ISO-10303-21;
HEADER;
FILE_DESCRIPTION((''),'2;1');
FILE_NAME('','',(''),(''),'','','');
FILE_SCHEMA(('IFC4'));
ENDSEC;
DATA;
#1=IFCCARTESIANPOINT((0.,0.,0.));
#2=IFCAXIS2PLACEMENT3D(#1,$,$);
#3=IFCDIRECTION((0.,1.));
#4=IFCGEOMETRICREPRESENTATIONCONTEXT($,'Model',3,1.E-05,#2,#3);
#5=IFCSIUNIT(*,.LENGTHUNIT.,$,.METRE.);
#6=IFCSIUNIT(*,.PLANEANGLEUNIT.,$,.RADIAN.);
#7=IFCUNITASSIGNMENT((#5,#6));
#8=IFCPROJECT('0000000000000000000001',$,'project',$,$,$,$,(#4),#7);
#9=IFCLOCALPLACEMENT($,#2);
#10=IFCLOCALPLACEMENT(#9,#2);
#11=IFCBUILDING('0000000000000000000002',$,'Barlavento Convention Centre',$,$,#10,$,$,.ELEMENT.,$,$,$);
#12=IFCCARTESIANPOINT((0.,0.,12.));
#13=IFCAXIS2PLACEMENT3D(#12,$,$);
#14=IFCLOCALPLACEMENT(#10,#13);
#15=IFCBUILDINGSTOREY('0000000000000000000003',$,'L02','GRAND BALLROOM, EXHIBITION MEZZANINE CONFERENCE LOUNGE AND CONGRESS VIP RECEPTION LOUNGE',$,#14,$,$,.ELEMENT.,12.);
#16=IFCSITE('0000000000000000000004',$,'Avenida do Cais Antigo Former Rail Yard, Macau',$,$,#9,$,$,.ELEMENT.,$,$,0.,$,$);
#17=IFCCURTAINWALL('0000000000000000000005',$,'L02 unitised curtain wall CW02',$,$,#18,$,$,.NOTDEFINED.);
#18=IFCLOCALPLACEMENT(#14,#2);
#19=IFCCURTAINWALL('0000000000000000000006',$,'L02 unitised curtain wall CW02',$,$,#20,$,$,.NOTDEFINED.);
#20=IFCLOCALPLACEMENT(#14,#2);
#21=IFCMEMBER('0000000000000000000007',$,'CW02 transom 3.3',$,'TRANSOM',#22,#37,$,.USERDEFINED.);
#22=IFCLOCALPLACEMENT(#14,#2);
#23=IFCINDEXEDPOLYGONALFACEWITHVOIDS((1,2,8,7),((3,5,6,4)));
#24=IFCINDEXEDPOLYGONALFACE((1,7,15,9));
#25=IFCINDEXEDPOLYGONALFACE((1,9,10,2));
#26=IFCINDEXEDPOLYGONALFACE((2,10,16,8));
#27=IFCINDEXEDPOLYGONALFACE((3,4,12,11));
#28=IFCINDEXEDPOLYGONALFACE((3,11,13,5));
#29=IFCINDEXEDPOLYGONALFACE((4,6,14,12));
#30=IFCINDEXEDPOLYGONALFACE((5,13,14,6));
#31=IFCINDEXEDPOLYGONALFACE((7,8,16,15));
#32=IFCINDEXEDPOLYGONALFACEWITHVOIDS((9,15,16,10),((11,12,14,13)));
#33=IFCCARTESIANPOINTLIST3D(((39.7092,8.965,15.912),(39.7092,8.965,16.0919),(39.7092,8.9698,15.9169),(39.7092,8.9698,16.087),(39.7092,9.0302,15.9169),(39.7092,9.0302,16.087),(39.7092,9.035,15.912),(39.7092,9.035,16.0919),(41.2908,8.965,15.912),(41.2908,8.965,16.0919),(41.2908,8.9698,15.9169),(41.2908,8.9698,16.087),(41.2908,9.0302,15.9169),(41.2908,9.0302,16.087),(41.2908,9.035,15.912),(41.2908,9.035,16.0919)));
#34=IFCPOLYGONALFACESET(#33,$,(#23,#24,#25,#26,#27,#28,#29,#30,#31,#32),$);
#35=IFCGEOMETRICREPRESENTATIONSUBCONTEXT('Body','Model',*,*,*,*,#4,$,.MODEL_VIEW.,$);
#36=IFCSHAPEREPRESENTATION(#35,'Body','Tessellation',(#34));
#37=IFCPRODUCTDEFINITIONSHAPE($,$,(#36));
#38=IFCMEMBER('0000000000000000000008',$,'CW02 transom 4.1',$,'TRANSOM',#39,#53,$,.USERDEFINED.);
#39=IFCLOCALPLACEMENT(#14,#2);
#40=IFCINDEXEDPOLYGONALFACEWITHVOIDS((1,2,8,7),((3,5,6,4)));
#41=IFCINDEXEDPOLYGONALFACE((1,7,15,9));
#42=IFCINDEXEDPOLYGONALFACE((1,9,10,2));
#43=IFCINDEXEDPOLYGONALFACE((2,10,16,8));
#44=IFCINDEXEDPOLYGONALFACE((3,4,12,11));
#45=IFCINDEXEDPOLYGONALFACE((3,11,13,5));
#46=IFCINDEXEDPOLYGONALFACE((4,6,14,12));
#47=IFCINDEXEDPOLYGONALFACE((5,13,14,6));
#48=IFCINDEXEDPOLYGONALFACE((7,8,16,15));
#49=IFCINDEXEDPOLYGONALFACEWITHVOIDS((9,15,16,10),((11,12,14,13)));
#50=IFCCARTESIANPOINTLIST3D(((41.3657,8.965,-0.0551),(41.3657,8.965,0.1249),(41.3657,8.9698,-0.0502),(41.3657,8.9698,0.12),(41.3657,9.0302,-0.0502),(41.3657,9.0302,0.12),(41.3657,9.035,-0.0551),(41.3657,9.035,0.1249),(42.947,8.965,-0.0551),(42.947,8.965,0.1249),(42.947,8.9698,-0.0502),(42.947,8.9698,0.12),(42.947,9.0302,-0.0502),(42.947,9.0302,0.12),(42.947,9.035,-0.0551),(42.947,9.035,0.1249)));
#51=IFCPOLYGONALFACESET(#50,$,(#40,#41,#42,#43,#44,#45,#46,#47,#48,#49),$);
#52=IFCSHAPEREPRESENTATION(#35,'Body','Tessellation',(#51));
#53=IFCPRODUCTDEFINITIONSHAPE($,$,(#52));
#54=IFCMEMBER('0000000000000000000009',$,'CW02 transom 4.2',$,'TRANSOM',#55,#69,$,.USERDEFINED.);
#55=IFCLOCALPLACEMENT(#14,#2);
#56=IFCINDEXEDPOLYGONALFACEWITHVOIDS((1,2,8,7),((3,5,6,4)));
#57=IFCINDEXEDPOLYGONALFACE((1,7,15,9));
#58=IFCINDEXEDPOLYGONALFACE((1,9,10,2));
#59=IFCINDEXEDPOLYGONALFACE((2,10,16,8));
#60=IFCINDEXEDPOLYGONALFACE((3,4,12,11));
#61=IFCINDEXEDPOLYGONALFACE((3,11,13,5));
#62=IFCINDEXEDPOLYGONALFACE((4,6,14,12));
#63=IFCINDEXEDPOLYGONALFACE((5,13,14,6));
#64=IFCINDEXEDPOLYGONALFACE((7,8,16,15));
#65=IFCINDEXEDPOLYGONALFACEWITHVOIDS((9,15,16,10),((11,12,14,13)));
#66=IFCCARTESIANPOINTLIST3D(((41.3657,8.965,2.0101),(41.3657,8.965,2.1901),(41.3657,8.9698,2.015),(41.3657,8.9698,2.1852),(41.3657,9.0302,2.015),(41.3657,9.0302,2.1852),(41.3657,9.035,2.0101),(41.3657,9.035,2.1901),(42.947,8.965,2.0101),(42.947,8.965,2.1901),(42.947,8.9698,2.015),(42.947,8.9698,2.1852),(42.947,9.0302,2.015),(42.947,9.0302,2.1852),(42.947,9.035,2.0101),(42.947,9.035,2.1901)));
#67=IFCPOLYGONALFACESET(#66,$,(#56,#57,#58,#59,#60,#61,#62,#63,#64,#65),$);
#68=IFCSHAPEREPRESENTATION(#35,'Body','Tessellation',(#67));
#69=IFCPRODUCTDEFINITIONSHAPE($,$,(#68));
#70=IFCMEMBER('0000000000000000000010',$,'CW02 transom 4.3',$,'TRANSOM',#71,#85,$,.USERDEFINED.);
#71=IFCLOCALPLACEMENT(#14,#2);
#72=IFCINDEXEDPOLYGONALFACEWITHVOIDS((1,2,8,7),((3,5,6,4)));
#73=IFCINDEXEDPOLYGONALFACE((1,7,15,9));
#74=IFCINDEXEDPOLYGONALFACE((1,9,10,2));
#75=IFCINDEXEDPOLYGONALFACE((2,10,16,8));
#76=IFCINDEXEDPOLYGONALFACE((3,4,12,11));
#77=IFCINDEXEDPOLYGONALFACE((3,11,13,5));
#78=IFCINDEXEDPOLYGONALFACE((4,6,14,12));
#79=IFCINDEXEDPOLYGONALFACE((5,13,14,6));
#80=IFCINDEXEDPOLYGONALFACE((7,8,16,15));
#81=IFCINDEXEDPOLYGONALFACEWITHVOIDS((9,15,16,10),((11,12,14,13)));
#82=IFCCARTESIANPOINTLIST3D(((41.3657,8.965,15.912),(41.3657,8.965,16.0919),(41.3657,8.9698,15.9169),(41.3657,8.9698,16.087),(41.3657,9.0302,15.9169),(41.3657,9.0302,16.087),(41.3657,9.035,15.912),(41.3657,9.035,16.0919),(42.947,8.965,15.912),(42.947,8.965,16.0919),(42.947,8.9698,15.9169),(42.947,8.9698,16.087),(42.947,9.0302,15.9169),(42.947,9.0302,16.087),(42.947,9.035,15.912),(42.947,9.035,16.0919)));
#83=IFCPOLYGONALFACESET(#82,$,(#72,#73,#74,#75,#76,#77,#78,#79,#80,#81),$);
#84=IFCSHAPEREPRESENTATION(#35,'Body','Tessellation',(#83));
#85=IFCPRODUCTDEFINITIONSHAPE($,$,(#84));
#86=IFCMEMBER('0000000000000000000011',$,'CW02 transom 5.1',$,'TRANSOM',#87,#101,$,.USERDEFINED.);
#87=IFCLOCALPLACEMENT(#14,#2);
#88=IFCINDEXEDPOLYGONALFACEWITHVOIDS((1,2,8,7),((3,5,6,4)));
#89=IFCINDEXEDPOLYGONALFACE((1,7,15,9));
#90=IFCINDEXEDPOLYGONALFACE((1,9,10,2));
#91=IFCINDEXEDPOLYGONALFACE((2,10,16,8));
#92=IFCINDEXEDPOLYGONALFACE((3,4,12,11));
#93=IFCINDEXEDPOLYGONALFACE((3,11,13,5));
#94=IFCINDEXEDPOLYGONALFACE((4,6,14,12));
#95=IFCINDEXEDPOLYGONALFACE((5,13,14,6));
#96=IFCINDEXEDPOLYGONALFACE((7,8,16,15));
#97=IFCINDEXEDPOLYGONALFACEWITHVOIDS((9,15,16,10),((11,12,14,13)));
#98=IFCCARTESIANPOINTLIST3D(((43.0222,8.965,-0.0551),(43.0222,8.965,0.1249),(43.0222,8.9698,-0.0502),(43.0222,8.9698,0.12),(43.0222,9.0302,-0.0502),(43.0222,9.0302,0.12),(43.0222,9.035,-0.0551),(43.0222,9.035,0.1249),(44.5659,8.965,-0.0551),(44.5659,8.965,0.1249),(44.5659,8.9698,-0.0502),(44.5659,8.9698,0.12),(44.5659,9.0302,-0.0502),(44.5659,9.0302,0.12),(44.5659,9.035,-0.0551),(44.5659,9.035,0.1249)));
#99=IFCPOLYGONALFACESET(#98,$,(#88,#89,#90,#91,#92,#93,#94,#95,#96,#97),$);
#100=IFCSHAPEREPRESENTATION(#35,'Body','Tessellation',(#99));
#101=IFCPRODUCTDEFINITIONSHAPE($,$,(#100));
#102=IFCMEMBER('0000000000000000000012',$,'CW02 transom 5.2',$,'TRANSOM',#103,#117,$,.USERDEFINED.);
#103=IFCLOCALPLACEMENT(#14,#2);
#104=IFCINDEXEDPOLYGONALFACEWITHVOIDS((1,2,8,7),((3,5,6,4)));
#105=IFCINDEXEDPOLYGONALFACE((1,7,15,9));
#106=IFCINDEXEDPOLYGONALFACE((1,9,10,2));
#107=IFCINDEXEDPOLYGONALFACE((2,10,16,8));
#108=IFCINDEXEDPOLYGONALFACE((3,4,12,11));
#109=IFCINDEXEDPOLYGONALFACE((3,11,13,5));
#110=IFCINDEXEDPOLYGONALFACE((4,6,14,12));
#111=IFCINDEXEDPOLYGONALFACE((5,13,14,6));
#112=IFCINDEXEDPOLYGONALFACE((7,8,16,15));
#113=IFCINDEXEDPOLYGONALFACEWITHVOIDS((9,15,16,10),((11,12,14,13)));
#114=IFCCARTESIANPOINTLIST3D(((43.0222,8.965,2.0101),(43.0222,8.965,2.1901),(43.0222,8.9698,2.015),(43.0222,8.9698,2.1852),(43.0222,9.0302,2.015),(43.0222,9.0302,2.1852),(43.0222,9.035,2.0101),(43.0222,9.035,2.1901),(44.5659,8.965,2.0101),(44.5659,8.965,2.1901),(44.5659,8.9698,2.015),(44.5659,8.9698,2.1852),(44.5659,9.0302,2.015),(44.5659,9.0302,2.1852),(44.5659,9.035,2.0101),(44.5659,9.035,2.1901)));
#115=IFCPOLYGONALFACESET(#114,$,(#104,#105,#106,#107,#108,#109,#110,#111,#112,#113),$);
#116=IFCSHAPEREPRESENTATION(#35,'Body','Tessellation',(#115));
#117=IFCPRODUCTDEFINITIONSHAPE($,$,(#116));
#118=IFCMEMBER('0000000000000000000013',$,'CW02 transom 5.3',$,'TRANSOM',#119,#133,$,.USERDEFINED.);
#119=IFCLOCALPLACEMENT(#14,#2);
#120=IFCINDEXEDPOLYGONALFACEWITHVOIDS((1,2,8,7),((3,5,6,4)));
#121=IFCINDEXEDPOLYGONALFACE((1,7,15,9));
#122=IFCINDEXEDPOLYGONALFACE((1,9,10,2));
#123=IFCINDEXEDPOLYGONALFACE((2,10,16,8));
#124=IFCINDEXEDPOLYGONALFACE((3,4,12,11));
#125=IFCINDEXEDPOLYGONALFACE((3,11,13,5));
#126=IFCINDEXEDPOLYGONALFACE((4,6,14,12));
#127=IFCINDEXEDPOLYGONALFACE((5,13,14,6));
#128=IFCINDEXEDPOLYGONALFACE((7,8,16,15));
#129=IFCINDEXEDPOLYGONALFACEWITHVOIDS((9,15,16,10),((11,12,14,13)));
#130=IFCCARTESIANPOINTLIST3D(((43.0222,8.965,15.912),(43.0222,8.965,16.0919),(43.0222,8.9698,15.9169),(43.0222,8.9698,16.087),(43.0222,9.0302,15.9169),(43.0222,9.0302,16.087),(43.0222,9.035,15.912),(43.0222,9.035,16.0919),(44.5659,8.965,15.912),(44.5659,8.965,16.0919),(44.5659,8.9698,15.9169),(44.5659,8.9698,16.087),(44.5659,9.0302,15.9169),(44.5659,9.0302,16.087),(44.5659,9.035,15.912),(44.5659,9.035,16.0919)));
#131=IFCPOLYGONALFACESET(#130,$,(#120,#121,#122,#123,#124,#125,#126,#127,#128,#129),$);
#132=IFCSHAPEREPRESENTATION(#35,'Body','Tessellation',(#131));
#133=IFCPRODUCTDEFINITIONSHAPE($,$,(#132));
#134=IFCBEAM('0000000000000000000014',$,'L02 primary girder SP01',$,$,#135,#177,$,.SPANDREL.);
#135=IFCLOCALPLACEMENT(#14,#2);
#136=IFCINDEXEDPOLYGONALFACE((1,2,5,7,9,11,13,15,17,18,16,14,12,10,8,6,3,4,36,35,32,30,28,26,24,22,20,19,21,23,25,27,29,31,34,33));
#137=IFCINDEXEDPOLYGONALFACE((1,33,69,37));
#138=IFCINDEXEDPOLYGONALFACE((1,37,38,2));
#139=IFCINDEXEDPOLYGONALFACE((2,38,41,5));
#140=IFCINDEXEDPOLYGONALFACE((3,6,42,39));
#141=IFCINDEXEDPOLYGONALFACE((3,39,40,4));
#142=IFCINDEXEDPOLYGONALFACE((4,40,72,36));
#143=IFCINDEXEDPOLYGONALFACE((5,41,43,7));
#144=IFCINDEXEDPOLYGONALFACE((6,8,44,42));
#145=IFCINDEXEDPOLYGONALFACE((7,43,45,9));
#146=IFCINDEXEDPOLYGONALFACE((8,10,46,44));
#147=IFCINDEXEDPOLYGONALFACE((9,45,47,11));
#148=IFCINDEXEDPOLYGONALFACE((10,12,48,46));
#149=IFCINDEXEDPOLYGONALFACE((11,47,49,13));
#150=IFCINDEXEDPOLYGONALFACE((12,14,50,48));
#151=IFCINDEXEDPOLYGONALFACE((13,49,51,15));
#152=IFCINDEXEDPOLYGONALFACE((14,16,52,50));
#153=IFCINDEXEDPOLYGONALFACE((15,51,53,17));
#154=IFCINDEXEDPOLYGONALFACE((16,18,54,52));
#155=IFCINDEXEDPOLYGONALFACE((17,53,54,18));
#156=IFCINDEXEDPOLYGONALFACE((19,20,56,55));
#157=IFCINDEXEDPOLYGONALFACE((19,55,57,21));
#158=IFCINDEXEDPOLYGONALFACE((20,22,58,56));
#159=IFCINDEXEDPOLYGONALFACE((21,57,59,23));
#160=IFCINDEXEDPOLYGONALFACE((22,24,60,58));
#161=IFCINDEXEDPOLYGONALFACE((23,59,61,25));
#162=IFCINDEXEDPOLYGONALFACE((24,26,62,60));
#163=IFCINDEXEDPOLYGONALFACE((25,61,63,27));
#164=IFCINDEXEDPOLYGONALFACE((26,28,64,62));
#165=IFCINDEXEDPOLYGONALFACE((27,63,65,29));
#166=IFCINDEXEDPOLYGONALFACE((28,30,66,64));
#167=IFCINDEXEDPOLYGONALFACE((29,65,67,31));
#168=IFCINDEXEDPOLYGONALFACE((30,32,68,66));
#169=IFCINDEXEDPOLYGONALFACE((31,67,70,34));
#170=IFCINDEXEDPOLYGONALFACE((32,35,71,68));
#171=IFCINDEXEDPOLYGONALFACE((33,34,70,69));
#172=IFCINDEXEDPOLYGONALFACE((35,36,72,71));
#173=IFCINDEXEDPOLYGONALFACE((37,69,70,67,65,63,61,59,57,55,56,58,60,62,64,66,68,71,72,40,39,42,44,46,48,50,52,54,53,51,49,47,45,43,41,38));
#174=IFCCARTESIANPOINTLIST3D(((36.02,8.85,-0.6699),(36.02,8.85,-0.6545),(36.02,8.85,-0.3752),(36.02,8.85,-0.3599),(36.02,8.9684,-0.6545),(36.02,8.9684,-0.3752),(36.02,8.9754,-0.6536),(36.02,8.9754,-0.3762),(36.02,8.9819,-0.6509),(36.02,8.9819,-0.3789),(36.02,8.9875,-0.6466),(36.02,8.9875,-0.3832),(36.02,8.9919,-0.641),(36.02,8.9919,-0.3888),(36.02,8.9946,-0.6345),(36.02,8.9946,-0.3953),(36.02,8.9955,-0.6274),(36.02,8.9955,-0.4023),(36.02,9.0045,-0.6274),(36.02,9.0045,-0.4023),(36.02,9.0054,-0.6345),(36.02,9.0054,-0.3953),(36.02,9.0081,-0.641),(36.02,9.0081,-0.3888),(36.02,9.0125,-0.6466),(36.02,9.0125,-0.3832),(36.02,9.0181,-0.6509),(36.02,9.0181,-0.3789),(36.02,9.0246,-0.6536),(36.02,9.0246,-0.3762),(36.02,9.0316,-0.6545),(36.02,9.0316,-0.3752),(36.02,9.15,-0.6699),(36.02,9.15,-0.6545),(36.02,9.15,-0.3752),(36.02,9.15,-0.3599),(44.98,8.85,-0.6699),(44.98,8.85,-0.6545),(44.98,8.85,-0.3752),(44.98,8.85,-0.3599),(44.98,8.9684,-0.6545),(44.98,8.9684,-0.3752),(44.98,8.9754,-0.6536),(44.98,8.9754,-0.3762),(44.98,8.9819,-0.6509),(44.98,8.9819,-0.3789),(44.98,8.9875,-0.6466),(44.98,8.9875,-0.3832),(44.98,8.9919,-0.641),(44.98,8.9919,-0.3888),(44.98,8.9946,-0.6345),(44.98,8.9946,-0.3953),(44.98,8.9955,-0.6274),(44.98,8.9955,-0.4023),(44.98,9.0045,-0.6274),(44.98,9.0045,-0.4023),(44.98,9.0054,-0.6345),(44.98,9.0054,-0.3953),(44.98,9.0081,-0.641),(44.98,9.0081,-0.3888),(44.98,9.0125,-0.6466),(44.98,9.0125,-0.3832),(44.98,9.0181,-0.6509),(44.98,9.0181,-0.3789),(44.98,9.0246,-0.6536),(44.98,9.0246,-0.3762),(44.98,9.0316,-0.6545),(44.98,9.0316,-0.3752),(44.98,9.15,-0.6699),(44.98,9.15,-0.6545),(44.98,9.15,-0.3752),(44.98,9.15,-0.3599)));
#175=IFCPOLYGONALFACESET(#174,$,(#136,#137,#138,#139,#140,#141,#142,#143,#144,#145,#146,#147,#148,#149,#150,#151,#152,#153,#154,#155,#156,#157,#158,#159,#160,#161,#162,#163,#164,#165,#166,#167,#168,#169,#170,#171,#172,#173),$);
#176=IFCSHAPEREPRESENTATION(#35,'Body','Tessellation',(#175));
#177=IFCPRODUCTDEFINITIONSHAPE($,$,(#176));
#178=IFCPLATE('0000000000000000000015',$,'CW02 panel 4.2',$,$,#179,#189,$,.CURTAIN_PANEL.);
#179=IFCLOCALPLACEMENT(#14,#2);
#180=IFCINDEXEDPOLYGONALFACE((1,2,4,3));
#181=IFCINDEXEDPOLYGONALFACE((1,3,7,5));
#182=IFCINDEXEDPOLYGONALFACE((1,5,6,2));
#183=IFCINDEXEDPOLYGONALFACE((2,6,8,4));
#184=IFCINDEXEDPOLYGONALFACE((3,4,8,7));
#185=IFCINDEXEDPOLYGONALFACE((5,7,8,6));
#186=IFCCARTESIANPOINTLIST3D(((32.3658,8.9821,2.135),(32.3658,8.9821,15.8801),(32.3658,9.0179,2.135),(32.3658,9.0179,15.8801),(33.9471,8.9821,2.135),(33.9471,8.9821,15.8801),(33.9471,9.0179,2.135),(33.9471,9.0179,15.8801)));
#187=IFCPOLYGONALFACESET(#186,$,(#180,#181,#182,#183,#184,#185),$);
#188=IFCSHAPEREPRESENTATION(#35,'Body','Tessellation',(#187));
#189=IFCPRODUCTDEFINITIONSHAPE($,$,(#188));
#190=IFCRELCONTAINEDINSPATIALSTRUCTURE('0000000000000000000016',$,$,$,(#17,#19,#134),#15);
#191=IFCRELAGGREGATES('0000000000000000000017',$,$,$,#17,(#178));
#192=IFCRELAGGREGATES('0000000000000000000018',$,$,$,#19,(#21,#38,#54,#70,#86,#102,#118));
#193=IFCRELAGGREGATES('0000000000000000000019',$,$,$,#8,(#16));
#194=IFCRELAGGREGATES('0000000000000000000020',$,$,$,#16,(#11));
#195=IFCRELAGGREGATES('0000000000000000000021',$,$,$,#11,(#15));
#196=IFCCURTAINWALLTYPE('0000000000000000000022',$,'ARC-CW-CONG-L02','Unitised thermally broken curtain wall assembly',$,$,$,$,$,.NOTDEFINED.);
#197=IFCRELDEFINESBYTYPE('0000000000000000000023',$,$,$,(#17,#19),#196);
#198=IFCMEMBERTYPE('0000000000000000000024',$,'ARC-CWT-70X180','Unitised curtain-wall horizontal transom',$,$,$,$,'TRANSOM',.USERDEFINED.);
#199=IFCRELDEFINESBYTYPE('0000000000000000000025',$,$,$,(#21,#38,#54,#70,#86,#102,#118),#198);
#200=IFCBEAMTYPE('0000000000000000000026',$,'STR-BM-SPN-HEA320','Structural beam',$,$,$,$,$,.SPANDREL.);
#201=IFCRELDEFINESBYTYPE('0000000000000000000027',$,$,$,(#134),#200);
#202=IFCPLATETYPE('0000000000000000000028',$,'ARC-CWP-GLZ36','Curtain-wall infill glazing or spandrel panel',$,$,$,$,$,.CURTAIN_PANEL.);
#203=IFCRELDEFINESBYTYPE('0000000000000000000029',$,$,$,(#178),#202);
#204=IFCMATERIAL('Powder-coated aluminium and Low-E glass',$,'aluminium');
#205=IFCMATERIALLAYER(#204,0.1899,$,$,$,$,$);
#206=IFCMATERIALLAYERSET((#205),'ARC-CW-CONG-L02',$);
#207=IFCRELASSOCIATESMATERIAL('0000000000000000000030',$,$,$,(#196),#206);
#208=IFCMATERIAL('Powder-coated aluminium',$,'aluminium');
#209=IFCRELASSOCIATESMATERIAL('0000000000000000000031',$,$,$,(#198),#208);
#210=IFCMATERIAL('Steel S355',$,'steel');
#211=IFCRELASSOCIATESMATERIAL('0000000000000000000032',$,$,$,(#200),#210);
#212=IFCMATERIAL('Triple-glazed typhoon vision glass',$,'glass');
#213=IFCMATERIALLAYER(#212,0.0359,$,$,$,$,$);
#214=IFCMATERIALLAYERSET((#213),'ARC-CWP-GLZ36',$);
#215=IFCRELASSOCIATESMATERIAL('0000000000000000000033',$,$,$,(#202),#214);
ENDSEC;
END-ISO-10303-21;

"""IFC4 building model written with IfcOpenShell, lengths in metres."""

from ifc_helpers import new_model, si_unit, direction, frame, origin, origin_2d, place, context, subcontext, project, spatial, rectangle, hollow_rectangle, i_section, extrude, material, layer, layer_set, material_profile, profile_set, type_object, element, aggregate, save


model = new_model("IFC4")

# Units and contexts
model_context = context("Model", 3, precision=1e-05, world=origin(), true_north=direction((0.0, 1.0)))
body_context = subcontext(model_context, "Body", "Model", "MODEL_VIEW")
ifc_project = project(units=[si_unit("LENGTHUNIT", "METRE"), si_unit("PLANEANGLEUNIT", "RADIAN")], contexts=[model_context])

# Site, building, storey
site_placement = place(None, origin())
site = spatial("IfcSite", under=ifc_project, at=site_placement, Name="Avenida do Cais Antigo Former Rail Yard, Macau", CompositionType="ELEMENT", RefElevation=0.0)
building_placement = place(site_placement, origin())
building = spatial("IfcBuilding", under=site, at=building_placement, Name="Barlavento Convention Centre", CompositionType="ELEMENT")
storey_placement = place(building_placement, frame((0.0, 0.0, 12.0)))
storey = spatial("IfcBuildingStorey", under=building, at=storey_placement, Name="L02", Description="GRAND BALLROOM, EXHIBITION MEZZANINE CONFERENCE LOUNGE AND CONGRESS VIP RECEPTION LOUNGE", CompositionType="ELEMENT", Elevation=12.0)

# Curtain walls
ifc_material_1 = material(Name="Powder-coated aluminium and Low-E glass", Category="aluminium")
ifc_layer_1 = layer(ifc_material_1, 0.1899)
ifc_layer_set_1 = layer_set([ifc_layer_1], Name="ARC-CW-CONG-L02")
curtain_wall_type = type_object("IfcCurtainWallType", Name="ARC-CW-CONG-L02", Description="Unitised thermally broken curtain wall assembly", PredefinedType="NOTDEFINED", material=ifc_layer_set_1)
curtain_wall_1_placement = place(storey_placement, origin())
curtain_wall_1 = element("IfcCurtainWall", 1, at=curtain_wall_1_placement, inside=storey, type_object=curtain_wall_type, Name="L02 unitised curtain wall CW02", PredefinedType="NOTDEFINED")
ifc_material_2 = material(Name="Powder-coated aluminium", Category="aluminium")
curtain_wall_2_placement = place(storey_placement, origin())
curtain_wall_2 = element("IfcCurtainWall", 2, at=curtain_wall_2_placement, inside=storey, type_object=curtain_wall_type, Name="L02 unitised curtain wall CW02", PredefinedType="NOTDEFINED")

# Members
ifc_material_profile_1 = material_profile(ifc_material_2, hollow_rectangle(XDim=0.0701, YDim=0.1799, WallThickness=0.0049, at=origin_2d()), Name="AL-TRAN 70x180x5")
ifc_profile_set_1 = profile_set([ifc_material_profile_1], Name="Powder-coated aluminium")
member_type_1 = type_object("IfcMemberType", Name="ARC-CWT-70X180", Description="Unitised curtain-wall horizontal transom", ElementType="TRANSOM", PredefinedType="USERDEFINED", material=ifc_profile_set_1)
member_1_placement = place(storey_placement, frame((39.7092, 9.0, 16.002), z_axis=(1.0, 0.0, 0.0), x_axis=(0.0, 1.0, 0.0)))
member_1 = element("IfcMember", 3, at=member_1_placement, type_object=member_type_1, Name="CW02 transom 3.3", ObjectType="TRANSOM", PredefinedType="USERDEFINED", context=body_context, shape_type="SweptSolid", body=[
    extrude(hollow_rectangle(XDim=0.0701, YDim=0.1799, WallThickness=0.0049, at=origin_2d()), origin(), (0.0, 0.0, 1.0), 1.5815),
])
member_2_placement = place(storey_placement, frame((41.3657, 9.0, 0.0349), z_axis=(1.0, 0.0, 0.0), x_axis=(0.0, 1.0, 0.0)))
member_2 = element("IfcMember", 4, at=member_2_placement, type_object=member_type_1, Name="CW02 transom 4.1", ObjectType="TRANSOM", PredefinedType="USERDEFINED", context=body_context, shape_type="SweptSolid", body=[
    extrude(hollow_rectangle(XDim=0.0701, YDim=0.1799, WallThickness=0.0049, at=origin_2d()), origin(), (0.0, 0.0, 1.0), 1.5813),
])
member_3_placement = place(storey_placement, frame((41.3657, 9.0, 2.1001), z_axis=(1.0, 0.0, 0.0), x_axis=(0.0, 1.0, 0.0)))
member_3 = element("IfcMember", 5, at=member_3_placement, type_object=member_type_1, Name="CW02 transom 4.2", ObjectType="TRANSOM", PredefinedType="USERDEFINED", context=body_context, shape_type="SweptSolid", body=[
    extrude(hollow_rectangle(XDim=0.0701, YDim=0.1799, WallThickness=0.0049, at=origin_2d()), origin(), (0.0, 0.0, 1.0), 1.5813),
])
member_4_placement = place(storey_placement, frame((41.3657, 9.0, 16.002), z_axis=(1.0, 0.0, 0.0), x_axis=(0.0, 1.0, 0.0)))
member_4 = element("IfcMember", 6, at=member_4_placement, type_object=member_type_1, Name="CW02 transom 4.3", ObjectType="TRANSOM", PredefinedType="USERDEFINED", context=body_context, shape_type="SweptSolid", body=[
    extrude(hollow_rectangle(XDim=0.0701, YDim=0.1799, WallThickness=0.0049, at=origin_2d()), origin(), (0.0, 0.0, 1.0), 1.5813),
])
member_5_placement = place(storey_placement, frame((43.0222, 9.0, 0.0349), z_axis=(1.0, 0.0, 0.0), x_axis=(0.0, 1.0, 0.0)))
member_5 = element("IfcMember", 7, at=member_5_placement, type_object=member_type_1, Name="CW02 transom 5.1", ObjectType="TRANSOM", PredefinedType="USERDEFINED", context=body_context, shape_type="SweptSolid", body=[
    extrude(hollow_rectangle(XDim=0.0701, YDim=0.1799, WallThickness=0.0049, at=origin_2d()), origin(), (0.0, 0.0, 1.0), 1.5437),
])
member_6_placement = place(storey_placement, frame((43.0222, 9.0, 2.1001), z_axis=(1.0, 0.0, 0.0), x_axis=(0.0, 1.0, 0.0)))
member_6 = element("IfcMember", 8, at=member_6_placement, type_object=member_type_1, Name="CW02 transom 5.2", ObjectType="TRANSOM", PredefinedType="USERDEFINED", context=body_context, shape_type="SweptSolid", body=[
    extrude(hollow_rectangle(XDim=0.0701, YDim=0.1799, WallThickness=0.0049, at=origin_2d()), origin(), (0.0, 0.0, 1.0), 1.5437),
])
member_7_placement = place(storey_placement, frame((43.0222, 9.0, 16.002), z_axis=(1.0, 0.0, 0.0), x_axis=(0.0, 1.0, 0.0)))
member_7 = element("IfcMember", 9, at=member_7_placement, type_object=member_type_1, Name="CW02 transom 5.3", ObjectType="TRANSOM", PredefinedType="USERDEFINED", context=body_context, shape_type="SweptSolid", body=[
    extrude(hollow_rectangle(XDim=0.0701, YDim=0.1799, WallThickness=0.0049, at=origin_2d()), origin(), (0.0, 0.0, 1.0), 1.5437),
])

# Beam
ifc_material_3 = material(Name="Steel S355", Category="steel")
ifc_material_profile_2 = material_profile(ifc_material_3, i_section(OverallWidth=0.3, OverallDepth=0.3101, WebThickness=0.009, FlangeThickness=0.0154, FilletRadius=0.0271, at=origin_2d()), Name="HEA 320")
ifc_profile_set_2 = profile_set([ifc_material_profile_2], Name="Steel S355")
beam_type = type_object("IfcBeamType", Name="STR-BM-SPN-HEA320", Description="Structural beam", PredefinedType="SPANDREL", material=ifc_profile_set_2)
beam_placement = place(storey_placement, frame((36.02, 9.0, -0.5149), z_axis=(1.0, 0.0, 0.0), x_axis=(0.0, 1.0, 0.0)))
element("IfcBeam", 10, at=beam_placement, inside=storey, type_object=beam_type, Name="L02 primary girder SP01", PredefinedType="SPANDREL", context=body_context, shape_type="SweptSolid", body=[
    extrude(i_section(OverallWidth=0.3, OverallDepth=0.3101, WebThickness=0.009, FlangeThickness=0.0154, FilletRadius=0.0271, at=origin_2d()), origin(), (0.0, 0.0, 1.0), 8.96),
])

# Plate
ifc_material_4 = material(Name="Triple-glazed typhoon vision glass", Category="glass")
ifc_layer_2 = layer(ifc_material_4, 0.0359)
ifc_layer_set_2 = layer_set([ifc_layer_2], Name="ARC-CWP-GLZ36")
plate_type_1 = type_object("IfcPlateType", Name="ARC-CWP-GLZ36", Description="Curtain-wall infill glazing or spandrel panel", PredefinedType="CURTAIN_PANEL", material=ifc_layer_set_2)
plate_1_placement = place(storey_placement, frame((33.1565, 9.0, 2.135), z_axis=(0.0, 0.0, 1.0), x_axis=(1.0, 0.0, 0.0)))
plate_1 = element("IfcPlate", 11, at=plate_1_placement, type_object=plate_type_1, Name="CW02 panel 4.2", PredefinedType="CURTAIN_PANEL", context=body_context, shape_type="SweptSolid", body=[
    extrude(rectangle(XDim=1.5813, YDim=0.0359, at=origin_2d()), origin(), (0.0, 0.0, 1.0), 13.7451),
])
aggregate(curtain_wall_1, [plate_1])
aggregate(curtain_wall_2, [member_1, member_2, member_3, member_4, member_5, member_6, member_7])

save(model, "model.ifc")
